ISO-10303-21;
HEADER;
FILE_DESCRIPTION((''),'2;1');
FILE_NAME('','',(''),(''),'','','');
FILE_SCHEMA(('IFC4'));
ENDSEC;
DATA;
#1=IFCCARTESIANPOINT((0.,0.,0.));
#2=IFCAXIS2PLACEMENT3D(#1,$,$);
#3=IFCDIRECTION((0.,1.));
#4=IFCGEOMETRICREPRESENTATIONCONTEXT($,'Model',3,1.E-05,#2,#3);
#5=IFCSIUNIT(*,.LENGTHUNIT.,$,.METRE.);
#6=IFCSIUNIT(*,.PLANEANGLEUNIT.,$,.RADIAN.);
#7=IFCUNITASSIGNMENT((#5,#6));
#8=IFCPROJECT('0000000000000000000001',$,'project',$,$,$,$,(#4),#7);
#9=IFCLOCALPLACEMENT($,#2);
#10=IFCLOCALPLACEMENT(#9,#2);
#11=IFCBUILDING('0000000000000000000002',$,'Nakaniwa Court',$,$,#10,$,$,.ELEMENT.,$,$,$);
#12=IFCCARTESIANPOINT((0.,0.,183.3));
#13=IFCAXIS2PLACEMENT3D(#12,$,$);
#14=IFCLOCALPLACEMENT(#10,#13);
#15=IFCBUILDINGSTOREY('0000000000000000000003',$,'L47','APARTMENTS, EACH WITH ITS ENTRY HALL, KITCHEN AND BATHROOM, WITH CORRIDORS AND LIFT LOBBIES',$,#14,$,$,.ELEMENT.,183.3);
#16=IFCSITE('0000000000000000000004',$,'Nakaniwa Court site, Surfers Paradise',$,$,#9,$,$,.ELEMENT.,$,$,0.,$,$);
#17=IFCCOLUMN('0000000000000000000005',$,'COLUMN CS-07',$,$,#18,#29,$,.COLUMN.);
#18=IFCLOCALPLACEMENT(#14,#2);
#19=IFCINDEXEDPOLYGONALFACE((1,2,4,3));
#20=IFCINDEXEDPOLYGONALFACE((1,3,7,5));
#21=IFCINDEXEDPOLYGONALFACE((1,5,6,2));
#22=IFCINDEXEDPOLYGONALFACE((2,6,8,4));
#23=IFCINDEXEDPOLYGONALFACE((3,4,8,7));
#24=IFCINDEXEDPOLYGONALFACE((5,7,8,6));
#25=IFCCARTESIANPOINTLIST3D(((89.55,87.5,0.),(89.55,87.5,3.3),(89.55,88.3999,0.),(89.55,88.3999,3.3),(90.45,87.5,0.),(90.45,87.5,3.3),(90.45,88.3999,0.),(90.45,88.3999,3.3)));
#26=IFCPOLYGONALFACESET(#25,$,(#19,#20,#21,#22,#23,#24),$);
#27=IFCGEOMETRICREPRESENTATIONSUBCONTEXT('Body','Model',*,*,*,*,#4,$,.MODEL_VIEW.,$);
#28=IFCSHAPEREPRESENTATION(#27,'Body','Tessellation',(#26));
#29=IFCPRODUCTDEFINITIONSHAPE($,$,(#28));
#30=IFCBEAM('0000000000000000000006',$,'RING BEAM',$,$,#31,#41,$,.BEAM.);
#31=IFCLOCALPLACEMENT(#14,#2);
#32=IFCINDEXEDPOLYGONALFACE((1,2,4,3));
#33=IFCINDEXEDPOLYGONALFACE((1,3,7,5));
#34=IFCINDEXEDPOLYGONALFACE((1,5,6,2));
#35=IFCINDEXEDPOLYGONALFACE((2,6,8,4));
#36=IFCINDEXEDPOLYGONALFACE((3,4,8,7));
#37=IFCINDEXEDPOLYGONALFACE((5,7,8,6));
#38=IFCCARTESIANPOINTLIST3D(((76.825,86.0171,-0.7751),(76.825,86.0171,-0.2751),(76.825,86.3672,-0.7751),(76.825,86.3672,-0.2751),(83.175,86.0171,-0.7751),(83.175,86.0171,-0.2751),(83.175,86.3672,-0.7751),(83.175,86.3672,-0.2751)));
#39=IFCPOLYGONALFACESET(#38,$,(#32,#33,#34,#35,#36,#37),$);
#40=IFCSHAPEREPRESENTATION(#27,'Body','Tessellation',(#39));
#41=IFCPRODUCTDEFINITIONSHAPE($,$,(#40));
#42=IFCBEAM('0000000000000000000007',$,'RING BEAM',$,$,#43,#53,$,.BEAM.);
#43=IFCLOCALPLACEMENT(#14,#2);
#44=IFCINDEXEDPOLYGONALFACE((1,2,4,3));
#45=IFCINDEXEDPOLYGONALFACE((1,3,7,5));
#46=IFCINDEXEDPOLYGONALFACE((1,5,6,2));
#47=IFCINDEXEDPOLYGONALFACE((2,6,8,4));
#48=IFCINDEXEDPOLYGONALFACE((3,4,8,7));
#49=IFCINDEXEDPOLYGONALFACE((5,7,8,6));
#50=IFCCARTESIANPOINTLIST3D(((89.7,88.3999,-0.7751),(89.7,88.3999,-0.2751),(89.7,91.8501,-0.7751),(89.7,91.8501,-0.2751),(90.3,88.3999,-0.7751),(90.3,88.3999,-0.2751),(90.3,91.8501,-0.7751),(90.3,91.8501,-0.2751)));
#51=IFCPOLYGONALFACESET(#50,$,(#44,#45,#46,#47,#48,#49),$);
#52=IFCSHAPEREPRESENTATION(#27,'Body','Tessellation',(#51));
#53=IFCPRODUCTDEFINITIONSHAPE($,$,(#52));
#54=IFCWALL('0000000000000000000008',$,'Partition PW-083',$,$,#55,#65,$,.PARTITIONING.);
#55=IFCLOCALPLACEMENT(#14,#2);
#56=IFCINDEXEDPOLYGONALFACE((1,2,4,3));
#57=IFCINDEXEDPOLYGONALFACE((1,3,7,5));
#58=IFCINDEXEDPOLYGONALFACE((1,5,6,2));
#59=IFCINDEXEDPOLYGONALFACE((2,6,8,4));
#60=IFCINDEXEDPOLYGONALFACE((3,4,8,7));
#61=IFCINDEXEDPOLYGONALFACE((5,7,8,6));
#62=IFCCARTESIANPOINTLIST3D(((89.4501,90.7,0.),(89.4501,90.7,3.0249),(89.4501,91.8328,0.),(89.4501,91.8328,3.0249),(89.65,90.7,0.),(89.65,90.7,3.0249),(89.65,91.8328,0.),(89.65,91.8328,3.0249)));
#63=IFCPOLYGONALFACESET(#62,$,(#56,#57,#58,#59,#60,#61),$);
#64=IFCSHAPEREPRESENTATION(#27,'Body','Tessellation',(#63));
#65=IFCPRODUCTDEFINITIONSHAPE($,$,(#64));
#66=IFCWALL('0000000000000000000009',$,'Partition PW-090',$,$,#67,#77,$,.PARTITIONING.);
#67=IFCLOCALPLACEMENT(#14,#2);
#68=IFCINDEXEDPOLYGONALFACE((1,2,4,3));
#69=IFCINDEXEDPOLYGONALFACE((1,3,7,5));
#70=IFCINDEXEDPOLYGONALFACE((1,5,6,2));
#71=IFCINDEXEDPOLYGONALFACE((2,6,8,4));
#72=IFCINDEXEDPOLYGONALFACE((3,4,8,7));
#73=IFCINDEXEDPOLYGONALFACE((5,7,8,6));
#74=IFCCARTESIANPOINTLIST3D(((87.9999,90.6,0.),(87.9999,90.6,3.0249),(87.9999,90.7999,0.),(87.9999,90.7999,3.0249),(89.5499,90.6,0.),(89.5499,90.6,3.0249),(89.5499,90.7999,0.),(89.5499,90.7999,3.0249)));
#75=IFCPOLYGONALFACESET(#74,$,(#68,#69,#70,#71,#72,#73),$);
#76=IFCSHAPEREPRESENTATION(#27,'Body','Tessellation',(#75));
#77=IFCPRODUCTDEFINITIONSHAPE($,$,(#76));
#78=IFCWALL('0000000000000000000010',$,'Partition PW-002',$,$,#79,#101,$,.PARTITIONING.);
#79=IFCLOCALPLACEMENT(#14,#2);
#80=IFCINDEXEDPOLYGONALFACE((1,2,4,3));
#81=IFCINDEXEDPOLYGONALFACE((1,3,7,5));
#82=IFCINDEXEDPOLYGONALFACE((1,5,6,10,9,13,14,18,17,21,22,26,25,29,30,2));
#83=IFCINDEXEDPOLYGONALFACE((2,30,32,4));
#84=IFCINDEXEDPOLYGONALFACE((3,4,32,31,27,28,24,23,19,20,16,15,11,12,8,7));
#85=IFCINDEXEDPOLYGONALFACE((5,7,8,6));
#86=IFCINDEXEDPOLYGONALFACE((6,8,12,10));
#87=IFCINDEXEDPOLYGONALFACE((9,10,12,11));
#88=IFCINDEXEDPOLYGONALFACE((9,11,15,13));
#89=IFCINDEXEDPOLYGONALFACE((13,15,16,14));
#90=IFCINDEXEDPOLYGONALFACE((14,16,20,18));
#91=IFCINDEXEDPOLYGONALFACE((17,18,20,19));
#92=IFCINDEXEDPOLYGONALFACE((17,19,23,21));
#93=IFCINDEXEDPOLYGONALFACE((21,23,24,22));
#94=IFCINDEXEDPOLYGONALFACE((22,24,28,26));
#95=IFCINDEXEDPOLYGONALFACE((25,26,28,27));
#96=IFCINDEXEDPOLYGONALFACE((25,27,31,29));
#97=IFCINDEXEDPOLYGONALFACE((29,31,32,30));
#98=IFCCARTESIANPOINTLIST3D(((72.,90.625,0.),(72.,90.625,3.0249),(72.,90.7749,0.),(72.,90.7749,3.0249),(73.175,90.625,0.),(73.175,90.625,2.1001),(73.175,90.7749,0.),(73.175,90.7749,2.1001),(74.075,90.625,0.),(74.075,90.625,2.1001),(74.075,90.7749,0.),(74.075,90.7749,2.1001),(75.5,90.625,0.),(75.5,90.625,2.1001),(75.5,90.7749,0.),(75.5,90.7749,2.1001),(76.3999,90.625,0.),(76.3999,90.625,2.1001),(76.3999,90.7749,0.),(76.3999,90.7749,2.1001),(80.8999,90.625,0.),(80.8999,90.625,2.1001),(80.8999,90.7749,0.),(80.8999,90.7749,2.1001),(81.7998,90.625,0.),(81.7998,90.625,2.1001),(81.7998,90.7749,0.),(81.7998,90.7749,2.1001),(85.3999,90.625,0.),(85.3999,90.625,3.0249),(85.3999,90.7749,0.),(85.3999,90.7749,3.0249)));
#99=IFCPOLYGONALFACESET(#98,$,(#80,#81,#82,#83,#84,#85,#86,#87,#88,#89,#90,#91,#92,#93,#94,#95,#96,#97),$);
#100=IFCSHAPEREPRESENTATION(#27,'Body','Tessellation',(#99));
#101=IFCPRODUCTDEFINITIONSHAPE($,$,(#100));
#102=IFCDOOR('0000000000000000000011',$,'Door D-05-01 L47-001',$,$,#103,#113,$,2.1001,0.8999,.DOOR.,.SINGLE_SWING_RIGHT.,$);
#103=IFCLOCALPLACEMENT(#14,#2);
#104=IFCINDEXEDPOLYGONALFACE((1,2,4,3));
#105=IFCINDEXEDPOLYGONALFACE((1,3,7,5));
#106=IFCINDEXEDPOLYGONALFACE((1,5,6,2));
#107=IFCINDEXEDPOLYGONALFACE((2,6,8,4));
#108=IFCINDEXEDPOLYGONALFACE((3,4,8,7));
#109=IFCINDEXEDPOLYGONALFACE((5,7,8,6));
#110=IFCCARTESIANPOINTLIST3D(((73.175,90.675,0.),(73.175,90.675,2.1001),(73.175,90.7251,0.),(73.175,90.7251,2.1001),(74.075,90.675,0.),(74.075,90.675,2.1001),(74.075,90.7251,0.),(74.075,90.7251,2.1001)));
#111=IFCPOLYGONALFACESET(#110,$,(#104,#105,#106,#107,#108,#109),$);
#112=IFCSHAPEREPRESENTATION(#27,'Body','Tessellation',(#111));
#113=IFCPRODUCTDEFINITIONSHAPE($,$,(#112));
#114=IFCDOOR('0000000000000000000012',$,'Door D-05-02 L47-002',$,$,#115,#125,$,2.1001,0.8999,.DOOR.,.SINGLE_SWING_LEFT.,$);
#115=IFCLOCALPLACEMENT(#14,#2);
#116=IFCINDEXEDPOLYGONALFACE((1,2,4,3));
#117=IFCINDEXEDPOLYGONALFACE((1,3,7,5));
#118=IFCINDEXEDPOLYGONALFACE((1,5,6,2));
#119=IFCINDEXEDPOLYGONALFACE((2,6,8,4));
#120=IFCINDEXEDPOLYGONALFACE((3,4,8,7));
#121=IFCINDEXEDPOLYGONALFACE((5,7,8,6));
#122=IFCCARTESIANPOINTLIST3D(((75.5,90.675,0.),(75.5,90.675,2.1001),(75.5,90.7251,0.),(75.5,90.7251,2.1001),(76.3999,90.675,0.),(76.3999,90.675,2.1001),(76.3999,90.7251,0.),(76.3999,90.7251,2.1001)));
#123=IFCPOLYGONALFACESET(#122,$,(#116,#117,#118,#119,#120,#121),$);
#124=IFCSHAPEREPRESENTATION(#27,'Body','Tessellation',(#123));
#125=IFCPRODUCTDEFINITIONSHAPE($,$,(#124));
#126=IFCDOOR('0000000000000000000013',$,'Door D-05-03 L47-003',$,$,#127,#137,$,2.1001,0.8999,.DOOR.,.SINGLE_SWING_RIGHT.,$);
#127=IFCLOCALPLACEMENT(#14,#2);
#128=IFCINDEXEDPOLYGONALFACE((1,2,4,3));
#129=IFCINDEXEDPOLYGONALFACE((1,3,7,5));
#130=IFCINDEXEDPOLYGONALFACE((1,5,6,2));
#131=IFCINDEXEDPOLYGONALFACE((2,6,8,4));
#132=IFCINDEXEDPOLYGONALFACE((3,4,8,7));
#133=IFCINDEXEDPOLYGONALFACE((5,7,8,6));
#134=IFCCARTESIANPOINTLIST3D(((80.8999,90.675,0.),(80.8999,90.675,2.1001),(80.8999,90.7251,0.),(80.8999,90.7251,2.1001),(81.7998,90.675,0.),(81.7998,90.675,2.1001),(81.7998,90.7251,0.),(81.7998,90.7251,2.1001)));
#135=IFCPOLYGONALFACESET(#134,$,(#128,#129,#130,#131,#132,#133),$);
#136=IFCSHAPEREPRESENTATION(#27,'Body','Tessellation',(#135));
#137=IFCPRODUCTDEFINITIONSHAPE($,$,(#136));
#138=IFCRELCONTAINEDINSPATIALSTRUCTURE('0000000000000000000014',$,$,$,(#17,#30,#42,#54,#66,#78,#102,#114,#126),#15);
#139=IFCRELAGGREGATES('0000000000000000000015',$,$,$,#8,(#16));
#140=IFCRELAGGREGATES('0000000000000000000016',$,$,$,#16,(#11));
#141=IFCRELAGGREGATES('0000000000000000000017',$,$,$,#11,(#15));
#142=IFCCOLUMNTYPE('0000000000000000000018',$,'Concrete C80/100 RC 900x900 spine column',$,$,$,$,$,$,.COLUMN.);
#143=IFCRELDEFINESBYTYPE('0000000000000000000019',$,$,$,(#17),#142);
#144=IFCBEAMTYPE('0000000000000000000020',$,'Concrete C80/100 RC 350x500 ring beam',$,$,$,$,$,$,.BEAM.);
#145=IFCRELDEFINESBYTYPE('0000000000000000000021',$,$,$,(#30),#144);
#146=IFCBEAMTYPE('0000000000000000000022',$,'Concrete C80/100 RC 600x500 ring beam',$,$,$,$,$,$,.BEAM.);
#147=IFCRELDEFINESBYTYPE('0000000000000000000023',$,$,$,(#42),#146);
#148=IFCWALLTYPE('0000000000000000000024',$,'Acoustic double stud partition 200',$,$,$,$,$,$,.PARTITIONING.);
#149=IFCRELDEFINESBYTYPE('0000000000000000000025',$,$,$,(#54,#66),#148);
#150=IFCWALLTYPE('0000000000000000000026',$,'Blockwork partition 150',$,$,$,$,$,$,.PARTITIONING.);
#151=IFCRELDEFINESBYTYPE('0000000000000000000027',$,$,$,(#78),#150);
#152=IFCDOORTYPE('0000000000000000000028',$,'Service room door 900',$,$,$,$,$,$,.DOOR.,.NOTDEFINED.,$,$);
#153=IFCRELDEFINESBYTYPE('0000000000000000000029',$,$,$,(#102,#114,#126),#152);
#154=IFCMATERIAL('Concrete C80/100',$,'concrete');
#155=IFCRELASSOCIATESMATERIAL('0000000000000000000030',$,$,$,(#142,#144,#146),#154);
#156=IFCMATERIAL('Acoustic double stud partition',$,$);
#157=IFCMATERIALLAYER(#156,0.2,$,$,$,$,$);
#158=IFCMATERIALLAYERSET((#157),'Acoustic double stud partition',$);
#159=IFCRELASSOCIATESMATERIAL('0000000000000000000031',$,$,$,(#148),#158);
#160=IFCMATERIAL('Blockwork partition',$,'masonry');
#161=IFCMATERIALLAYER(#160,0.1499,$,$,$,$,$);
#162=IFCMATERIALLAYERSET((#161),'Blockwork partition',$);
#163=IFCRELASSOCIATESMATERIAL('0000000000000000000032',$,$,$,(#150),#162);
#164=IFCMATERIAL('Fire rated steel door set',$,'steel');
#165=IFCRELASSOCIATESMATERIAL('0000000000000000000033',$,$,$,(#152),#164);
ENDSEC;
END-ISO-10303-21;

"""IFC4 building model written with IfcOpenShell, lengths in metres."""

from ifc_helpers import new_model, si_unit, direction, frame, frame_2d, origin, origin_2d, place, context, subcontext, project, spatial, rectangle, extrude, material, layer, layer_set, material_profile, profile_set, type_object, element, fill, save


model = new_model("IFC4")

# Units and contexts
model_context = context("Model", 3, precision=1e-05, world=origin(), true_north=direction((0.0, 1.0)))
body_context = subcontext(model_context, "Body", "Model", "MODEL_VIEW")
ifc_project = project(units=[si_unit("LENGTHUNIT", "METRE"), si_unit("PLANEANGLEUNIT", "RADIAN")], contexts=[model_context])

# Site, building, storey
site_placement = place(None, origin())
site = spatial("IfcSite", under=ifc_project, at=site_placement, Name="Nakaniwa Court site, Surfers Paradise", CompositionType="ELEMENT", RefElevation=0.0)
building_placement = place(site_placement, origin())
building = spatial("IfcBuilding", under=site, at=building_placement, Name="Nakaniwa Court", CompositionType="ELEMENT")
storey_placement = place(building_placement, frame((0.0, 0.0, 183.3)))
storey = spatial("IfcBuildingStorey", under=building, at=storey_placement, Name="L47", Description="APARTMENTS, EACH WITH ITS ENTRY HALL, KITCHEN AND BATHROOM, WITH CORRIDORS AND LIFT LOBBIES", CompositionType="ELEMENT", Elevation=183.3)

# Column
ifc_material_1 = material(Name="Concrete C80/100", Category="concrete")
ifc_material_profile_1 = material_profile(ifc_material_1, rectangle(XDim=0.8999, YDim=0.8999, at=origin_2d()), Name="Concrete C80/100 RC 900x900 spine column")
ifc_profile_set_1 = profile_set([ifc_material_profile_1], Name="Concrete C80/100")
column_type_1 = type_object("IfcColumnType", Name="Concrete C80/100 RC 900x900 spine column", PredefinedType="COLUMN", material=ifc_profile_set_1)
column_1_placement = place(storey_placement, frame((90.0, 87.95, 0.0), z_axis=(0.0, 0.0, 1.0), x_axis=(0.0, 1.0, 0.0)))
element("IfcColumn", 1, at=column_1_placement, inside=storey, type_object=column_type_1, Name="COLUMN CS-07", PredefinedType="COLUMN", context=body_context, shape_type="SweptSolid", body=[
    extrude(rectangle(XDim=0.8999, YDim=0.8999, at=origin_2d()), origin(), (0.0, 0.0, 1.0), 3.3),
])

# Beams
ifc_material_profile_2 = material_profile(ifc_material_1, rectangle(XDim=0.3501, YDim=0.5, at=origin_2d()), Name="Concrete C80/100 RC 350x500 ring beam")
ifc_profile_set_2 = profile_set([ifc_material_profile_2], Name="Concrete C80/100")
beam_type_1 = type_object("IfcBeamType", Name="Concrete C80/100 RC 350x500 ring beam", PredefinedType="BEAM", material=ifc_profile_set_2)
beam_1_placement = place(storey_placement, frame((83.175, 86.1921, -0.5251), z_axis=(-1.0, 0.0, 0.0), x_axis=(0.0, -1.0, 0.0)))
element("IfcBeam", 2, at=beam_1_placement, inside=storey, type_object=beam_type_1, Name="RING BEAM", PredefinedType="BEAM", context=body_context, shape_type="SweptSolid", body=[
    extrude(rectangle(XDim=0.3501, YDim=0.5, at=origin_2d()), origin(), (0.0, 0.0, 1.0), 6.3501),
])
ifc_material_profile_3 = material_profile(ifc_material_1, rectangle(XDim=0.6001, YDim=0.5, at=origin_2d()), Name="Concrete C80/100 RC 600x500 ring beam")
ifc_profile_set_3 = profile_set([ifc_material_profile_3], Name="Concrete C80/100")
beam_type_2 = type_object("IfcBeamType", Name="Concrete C80/100 RC 600x500 ring beam", PredefinedType="BEAM", material=ifc_profile_set_3)
beam_2_placement = place(storey_placement, frame((90.0, 88.3999, -0.5251), z_axis=(0.0, 1.0, 0.0), x_axis=(-1.0, 0.0, 0.0)))
element("IfcBeam", 3, at=beam_2_placement, inside=storey, type_object=beam_type_2, Name="RING BEAM", PredefinedType="BEAM", context=body_context, shape_type="SweptSolid", body=[
    extrude(rectangle(XDim=0.6001, YDim=0.5, at=origin_2d()), origin(), (0.0, 0.0, 1.0), 3.4502),
])

# Walls
ifc_material_2 = material(Name="Acoustic double stud partition")
ifc_layer_1 = layer(ifc_material_2, 0.2)
ifc_layer_set_1 = layer_set([ifc_layer_1], Name="Acoustic double stud partition")
wall_type_1 = type_object("IfcWallType", Name="Acoustic double stud partition 200", PredefinedType="PARTITIONING", material=ifc_layer_set_1)
wall_1_placement = place(storey_placement, frame((89.55, 90.7, 0.0), z_axis=(0.0, 0.0, 1.0), x_axis=(0.0, 1.0, 0.0)))
element("IfcWall", 4, at=wall_1_placement, inside=storey, type_object=wall_type_1, Name="Partition PW-083", PredefinedType="PARTITIONING", context=body_context, shape_type="SweptSolid", body=[
    extrude(rectangle(XDim=1.1328, YDim=0.2, at=frame_2d((0.5664, 0.0))), origin(), (0.0, 0.0, 1.0), 3.0249),
])
wall_2_placement = place(storey_placement, frame((88.0, 90.7, 0.0), z_axis=(0.0, 0.0, 1.0), x_axis=(1.0, 0.0, 0.0)))
element("IfcWall", 5, at=wall_2_placement, inside=storey, type_object=wall_type_1, Name="Partition PW-090", PredefinedType="PARTITIONING", context=body_context, shape_type="SweptSolid", body=[
    extrude(rectangle(XDim=1.55, YDim=0.2, at=frame_2d((0.7749, 0.0))), origin(), (0.0, 0.0, 1.0), 3.0249),
])

# Wall, openings, doors
ifc_material_3 = material(Name="Blockwork partition", Category="masonry")
ifc_layer_2 = layer(ifc_material_3, 0.1499)
ifc_layer_set_2 = layer_set([ifc_layer_2], Name="Blockwork partition")
wall_type_2 = type_object("IfcWallType", Name="Blockwork partition 150", PredefinedType="PARTITIONING", material=ifc_layer_set_2)
wall_3_placement = place(storey_placement, frame((85.3999, 90.7, 0.0), z_axis=(0.0, 0.0, 1.0), x_axis=(-1.0, 0.0, 0.0)))
wall_3 = element("IfcWall", 6, at=wall_3_placement, inside=storey, type_object=wall_type_2, Name="Partition PW-002", PredefinedType="PARTITIONING", context=body_context, shape_type="SweptSolid", body=[
    extrude(rectangle(XDim=13.3999, YDim=0.1499, at=frame_2d((6.7, 0.0))), origin(), (0.0, 0.0, 1.0), 3.0249),
])
opening_1_placement = place(wall_3_placement, frame((11.325, 0.0, 0.0)))
opening_1 = element("IfcOpeningElement", 7, at=opening_1_placement, cuts=wall_3, PredefinedType="OPENING", context=body_context, shape_type="SweptSolid", body=[
    extrude(rectangle(XDim=0.8999, YDim=2.1001, at=frame_2d((0.45, 1.05))), frame((0.0, 0.085, 0.0), z_axis=(0.0, -1.0, 0.0), x_axis=(1.0, 0.0, 0.0)), (0.0, 0.0, 1.0), 0.1699),
])
opening_2_placement = place(wall_3_placement, frame((9.0, 0.0, 0.0)))
opening_2 = element("IfcOpeningElement", 8, at=opening_2_placement, cuts=wall_3, PredefinedType="OPENING", context=body_context, shape_type="SweptSolid", body=[
    extrude(rectangle(XDim=0.8999, YDim=2.1001, at=frame_2d((0.45, 1.05))), frame((0.0, 0.085, 0.0), z_axis=(0.0, -1.0, 0.0), x_axis=(1.0, 0.0, 0.0)), (0.0, 0.0, 1.0), 0.1699),
])
opening_3_placement = place(wall_3_placement, frame((3.6001, 0.0, 0.0)))
opening_3 = element("IfcOpeningElement", 9, at=opening_3_placement, cuts=wall_3, PredefinedType="OPENING", context=body_context, shape_type="SweptSolid", body=[
    extrude(rectangle(XDim=0.8999, YDim=2.1001, at=frame_2d((0.45, 1.05))), frame((0.0, 0.085, 0.0), z_axis=(0.0, -1.0, 0.0), x_axis=(1.0, 0.0, 0.0)), (0.0, 0.0, 1.0), 0.1699),
])
ifc_material_4 = material(Name="Fire rated steel door set", Category="steel")
door_type_1 = type_object("IfcDoorType", Name="Service room door 900", OperationType="NOTDEFINED", PredefinedType="DOOR", material=ifc_material_4)
door_1_placement = place(opening_1_placement, origin())
door_1 = element("IfcDoor", 10, at=door_1_placement, inside=storey, type_object=door_type_1, Name="Door D-05-01 L47-001", OperationType="SINGLE_SWING_RIGHT", OverallHeight=2.1001, OverallWidth=0.8999, PredefinedType="DOOR", context=body_context, shape_type="SweptSolid", body=[
    extrude(rectangle(XDim=0.8999, YDim=2.1001, at=frame_2d((0.45, 1.05))), frame((0.0, 0.0249, 0.0), z_axis=(0.0, -1.0, 0.0), x_axis=(1.0, 0.0, 0.0)), (0.0, 0.0, 1.0), 0.05),
])
fill(opening_1, door_1)
door_2_placement = place(opening_2_placement, origin())
door_2 = element("IfcDoor", 11, at=door_2_placement, inside=storey, type_object=door_type_1, Name="Door D-05-02 L47-002", OperationType="SINGLE_SWING_LEFT", OverallHeight=2.1001, OverallWidth=0.8999, PredefinedType="DOOR", context=body_context, shape_type="SweptSolid", body=[
    extrude(rectangle(XDim=0.8999, YDim=2.1001, at=frame_2d((0.45, 1.05))), frame((0.0, 0.0249, 0.0), z_axis=(0.0, -1.0, 0.0), x_axis=(1.0, 0.0, 0.0)), (0.0, 0.0, 1.0), 0.05),
])
fill(opening_2, door_2)
door_3_placement = place(opening_3_placement, origin())
door_3 = element("IfcDoor", 12, at=door_3_placement, inside=storey, type_object=door_type_1, Name="Door D-05-03 L47-003", OperationType="SINGLE_SWING_RIGHT", OverallHeight=2.1001, OverallWidth=0.8999, PredefinedType="DOOR", context=body_context, shape_type="SweptSolid", body=[
    extrude(rectangle(XDim=0.8999, YDim=2.1001, at=frame_2d((0.45, 1.05))), frame((0.0, 0.0249, 0.0), z_axis=(0.0, -1.0, 0.0), x_axis=(1.0, 0.0, 0.0)), (0.0, 0.0, 1.0), 0.05),
])
fill(opening_3, door_3)

save(model, "model.ifc")
